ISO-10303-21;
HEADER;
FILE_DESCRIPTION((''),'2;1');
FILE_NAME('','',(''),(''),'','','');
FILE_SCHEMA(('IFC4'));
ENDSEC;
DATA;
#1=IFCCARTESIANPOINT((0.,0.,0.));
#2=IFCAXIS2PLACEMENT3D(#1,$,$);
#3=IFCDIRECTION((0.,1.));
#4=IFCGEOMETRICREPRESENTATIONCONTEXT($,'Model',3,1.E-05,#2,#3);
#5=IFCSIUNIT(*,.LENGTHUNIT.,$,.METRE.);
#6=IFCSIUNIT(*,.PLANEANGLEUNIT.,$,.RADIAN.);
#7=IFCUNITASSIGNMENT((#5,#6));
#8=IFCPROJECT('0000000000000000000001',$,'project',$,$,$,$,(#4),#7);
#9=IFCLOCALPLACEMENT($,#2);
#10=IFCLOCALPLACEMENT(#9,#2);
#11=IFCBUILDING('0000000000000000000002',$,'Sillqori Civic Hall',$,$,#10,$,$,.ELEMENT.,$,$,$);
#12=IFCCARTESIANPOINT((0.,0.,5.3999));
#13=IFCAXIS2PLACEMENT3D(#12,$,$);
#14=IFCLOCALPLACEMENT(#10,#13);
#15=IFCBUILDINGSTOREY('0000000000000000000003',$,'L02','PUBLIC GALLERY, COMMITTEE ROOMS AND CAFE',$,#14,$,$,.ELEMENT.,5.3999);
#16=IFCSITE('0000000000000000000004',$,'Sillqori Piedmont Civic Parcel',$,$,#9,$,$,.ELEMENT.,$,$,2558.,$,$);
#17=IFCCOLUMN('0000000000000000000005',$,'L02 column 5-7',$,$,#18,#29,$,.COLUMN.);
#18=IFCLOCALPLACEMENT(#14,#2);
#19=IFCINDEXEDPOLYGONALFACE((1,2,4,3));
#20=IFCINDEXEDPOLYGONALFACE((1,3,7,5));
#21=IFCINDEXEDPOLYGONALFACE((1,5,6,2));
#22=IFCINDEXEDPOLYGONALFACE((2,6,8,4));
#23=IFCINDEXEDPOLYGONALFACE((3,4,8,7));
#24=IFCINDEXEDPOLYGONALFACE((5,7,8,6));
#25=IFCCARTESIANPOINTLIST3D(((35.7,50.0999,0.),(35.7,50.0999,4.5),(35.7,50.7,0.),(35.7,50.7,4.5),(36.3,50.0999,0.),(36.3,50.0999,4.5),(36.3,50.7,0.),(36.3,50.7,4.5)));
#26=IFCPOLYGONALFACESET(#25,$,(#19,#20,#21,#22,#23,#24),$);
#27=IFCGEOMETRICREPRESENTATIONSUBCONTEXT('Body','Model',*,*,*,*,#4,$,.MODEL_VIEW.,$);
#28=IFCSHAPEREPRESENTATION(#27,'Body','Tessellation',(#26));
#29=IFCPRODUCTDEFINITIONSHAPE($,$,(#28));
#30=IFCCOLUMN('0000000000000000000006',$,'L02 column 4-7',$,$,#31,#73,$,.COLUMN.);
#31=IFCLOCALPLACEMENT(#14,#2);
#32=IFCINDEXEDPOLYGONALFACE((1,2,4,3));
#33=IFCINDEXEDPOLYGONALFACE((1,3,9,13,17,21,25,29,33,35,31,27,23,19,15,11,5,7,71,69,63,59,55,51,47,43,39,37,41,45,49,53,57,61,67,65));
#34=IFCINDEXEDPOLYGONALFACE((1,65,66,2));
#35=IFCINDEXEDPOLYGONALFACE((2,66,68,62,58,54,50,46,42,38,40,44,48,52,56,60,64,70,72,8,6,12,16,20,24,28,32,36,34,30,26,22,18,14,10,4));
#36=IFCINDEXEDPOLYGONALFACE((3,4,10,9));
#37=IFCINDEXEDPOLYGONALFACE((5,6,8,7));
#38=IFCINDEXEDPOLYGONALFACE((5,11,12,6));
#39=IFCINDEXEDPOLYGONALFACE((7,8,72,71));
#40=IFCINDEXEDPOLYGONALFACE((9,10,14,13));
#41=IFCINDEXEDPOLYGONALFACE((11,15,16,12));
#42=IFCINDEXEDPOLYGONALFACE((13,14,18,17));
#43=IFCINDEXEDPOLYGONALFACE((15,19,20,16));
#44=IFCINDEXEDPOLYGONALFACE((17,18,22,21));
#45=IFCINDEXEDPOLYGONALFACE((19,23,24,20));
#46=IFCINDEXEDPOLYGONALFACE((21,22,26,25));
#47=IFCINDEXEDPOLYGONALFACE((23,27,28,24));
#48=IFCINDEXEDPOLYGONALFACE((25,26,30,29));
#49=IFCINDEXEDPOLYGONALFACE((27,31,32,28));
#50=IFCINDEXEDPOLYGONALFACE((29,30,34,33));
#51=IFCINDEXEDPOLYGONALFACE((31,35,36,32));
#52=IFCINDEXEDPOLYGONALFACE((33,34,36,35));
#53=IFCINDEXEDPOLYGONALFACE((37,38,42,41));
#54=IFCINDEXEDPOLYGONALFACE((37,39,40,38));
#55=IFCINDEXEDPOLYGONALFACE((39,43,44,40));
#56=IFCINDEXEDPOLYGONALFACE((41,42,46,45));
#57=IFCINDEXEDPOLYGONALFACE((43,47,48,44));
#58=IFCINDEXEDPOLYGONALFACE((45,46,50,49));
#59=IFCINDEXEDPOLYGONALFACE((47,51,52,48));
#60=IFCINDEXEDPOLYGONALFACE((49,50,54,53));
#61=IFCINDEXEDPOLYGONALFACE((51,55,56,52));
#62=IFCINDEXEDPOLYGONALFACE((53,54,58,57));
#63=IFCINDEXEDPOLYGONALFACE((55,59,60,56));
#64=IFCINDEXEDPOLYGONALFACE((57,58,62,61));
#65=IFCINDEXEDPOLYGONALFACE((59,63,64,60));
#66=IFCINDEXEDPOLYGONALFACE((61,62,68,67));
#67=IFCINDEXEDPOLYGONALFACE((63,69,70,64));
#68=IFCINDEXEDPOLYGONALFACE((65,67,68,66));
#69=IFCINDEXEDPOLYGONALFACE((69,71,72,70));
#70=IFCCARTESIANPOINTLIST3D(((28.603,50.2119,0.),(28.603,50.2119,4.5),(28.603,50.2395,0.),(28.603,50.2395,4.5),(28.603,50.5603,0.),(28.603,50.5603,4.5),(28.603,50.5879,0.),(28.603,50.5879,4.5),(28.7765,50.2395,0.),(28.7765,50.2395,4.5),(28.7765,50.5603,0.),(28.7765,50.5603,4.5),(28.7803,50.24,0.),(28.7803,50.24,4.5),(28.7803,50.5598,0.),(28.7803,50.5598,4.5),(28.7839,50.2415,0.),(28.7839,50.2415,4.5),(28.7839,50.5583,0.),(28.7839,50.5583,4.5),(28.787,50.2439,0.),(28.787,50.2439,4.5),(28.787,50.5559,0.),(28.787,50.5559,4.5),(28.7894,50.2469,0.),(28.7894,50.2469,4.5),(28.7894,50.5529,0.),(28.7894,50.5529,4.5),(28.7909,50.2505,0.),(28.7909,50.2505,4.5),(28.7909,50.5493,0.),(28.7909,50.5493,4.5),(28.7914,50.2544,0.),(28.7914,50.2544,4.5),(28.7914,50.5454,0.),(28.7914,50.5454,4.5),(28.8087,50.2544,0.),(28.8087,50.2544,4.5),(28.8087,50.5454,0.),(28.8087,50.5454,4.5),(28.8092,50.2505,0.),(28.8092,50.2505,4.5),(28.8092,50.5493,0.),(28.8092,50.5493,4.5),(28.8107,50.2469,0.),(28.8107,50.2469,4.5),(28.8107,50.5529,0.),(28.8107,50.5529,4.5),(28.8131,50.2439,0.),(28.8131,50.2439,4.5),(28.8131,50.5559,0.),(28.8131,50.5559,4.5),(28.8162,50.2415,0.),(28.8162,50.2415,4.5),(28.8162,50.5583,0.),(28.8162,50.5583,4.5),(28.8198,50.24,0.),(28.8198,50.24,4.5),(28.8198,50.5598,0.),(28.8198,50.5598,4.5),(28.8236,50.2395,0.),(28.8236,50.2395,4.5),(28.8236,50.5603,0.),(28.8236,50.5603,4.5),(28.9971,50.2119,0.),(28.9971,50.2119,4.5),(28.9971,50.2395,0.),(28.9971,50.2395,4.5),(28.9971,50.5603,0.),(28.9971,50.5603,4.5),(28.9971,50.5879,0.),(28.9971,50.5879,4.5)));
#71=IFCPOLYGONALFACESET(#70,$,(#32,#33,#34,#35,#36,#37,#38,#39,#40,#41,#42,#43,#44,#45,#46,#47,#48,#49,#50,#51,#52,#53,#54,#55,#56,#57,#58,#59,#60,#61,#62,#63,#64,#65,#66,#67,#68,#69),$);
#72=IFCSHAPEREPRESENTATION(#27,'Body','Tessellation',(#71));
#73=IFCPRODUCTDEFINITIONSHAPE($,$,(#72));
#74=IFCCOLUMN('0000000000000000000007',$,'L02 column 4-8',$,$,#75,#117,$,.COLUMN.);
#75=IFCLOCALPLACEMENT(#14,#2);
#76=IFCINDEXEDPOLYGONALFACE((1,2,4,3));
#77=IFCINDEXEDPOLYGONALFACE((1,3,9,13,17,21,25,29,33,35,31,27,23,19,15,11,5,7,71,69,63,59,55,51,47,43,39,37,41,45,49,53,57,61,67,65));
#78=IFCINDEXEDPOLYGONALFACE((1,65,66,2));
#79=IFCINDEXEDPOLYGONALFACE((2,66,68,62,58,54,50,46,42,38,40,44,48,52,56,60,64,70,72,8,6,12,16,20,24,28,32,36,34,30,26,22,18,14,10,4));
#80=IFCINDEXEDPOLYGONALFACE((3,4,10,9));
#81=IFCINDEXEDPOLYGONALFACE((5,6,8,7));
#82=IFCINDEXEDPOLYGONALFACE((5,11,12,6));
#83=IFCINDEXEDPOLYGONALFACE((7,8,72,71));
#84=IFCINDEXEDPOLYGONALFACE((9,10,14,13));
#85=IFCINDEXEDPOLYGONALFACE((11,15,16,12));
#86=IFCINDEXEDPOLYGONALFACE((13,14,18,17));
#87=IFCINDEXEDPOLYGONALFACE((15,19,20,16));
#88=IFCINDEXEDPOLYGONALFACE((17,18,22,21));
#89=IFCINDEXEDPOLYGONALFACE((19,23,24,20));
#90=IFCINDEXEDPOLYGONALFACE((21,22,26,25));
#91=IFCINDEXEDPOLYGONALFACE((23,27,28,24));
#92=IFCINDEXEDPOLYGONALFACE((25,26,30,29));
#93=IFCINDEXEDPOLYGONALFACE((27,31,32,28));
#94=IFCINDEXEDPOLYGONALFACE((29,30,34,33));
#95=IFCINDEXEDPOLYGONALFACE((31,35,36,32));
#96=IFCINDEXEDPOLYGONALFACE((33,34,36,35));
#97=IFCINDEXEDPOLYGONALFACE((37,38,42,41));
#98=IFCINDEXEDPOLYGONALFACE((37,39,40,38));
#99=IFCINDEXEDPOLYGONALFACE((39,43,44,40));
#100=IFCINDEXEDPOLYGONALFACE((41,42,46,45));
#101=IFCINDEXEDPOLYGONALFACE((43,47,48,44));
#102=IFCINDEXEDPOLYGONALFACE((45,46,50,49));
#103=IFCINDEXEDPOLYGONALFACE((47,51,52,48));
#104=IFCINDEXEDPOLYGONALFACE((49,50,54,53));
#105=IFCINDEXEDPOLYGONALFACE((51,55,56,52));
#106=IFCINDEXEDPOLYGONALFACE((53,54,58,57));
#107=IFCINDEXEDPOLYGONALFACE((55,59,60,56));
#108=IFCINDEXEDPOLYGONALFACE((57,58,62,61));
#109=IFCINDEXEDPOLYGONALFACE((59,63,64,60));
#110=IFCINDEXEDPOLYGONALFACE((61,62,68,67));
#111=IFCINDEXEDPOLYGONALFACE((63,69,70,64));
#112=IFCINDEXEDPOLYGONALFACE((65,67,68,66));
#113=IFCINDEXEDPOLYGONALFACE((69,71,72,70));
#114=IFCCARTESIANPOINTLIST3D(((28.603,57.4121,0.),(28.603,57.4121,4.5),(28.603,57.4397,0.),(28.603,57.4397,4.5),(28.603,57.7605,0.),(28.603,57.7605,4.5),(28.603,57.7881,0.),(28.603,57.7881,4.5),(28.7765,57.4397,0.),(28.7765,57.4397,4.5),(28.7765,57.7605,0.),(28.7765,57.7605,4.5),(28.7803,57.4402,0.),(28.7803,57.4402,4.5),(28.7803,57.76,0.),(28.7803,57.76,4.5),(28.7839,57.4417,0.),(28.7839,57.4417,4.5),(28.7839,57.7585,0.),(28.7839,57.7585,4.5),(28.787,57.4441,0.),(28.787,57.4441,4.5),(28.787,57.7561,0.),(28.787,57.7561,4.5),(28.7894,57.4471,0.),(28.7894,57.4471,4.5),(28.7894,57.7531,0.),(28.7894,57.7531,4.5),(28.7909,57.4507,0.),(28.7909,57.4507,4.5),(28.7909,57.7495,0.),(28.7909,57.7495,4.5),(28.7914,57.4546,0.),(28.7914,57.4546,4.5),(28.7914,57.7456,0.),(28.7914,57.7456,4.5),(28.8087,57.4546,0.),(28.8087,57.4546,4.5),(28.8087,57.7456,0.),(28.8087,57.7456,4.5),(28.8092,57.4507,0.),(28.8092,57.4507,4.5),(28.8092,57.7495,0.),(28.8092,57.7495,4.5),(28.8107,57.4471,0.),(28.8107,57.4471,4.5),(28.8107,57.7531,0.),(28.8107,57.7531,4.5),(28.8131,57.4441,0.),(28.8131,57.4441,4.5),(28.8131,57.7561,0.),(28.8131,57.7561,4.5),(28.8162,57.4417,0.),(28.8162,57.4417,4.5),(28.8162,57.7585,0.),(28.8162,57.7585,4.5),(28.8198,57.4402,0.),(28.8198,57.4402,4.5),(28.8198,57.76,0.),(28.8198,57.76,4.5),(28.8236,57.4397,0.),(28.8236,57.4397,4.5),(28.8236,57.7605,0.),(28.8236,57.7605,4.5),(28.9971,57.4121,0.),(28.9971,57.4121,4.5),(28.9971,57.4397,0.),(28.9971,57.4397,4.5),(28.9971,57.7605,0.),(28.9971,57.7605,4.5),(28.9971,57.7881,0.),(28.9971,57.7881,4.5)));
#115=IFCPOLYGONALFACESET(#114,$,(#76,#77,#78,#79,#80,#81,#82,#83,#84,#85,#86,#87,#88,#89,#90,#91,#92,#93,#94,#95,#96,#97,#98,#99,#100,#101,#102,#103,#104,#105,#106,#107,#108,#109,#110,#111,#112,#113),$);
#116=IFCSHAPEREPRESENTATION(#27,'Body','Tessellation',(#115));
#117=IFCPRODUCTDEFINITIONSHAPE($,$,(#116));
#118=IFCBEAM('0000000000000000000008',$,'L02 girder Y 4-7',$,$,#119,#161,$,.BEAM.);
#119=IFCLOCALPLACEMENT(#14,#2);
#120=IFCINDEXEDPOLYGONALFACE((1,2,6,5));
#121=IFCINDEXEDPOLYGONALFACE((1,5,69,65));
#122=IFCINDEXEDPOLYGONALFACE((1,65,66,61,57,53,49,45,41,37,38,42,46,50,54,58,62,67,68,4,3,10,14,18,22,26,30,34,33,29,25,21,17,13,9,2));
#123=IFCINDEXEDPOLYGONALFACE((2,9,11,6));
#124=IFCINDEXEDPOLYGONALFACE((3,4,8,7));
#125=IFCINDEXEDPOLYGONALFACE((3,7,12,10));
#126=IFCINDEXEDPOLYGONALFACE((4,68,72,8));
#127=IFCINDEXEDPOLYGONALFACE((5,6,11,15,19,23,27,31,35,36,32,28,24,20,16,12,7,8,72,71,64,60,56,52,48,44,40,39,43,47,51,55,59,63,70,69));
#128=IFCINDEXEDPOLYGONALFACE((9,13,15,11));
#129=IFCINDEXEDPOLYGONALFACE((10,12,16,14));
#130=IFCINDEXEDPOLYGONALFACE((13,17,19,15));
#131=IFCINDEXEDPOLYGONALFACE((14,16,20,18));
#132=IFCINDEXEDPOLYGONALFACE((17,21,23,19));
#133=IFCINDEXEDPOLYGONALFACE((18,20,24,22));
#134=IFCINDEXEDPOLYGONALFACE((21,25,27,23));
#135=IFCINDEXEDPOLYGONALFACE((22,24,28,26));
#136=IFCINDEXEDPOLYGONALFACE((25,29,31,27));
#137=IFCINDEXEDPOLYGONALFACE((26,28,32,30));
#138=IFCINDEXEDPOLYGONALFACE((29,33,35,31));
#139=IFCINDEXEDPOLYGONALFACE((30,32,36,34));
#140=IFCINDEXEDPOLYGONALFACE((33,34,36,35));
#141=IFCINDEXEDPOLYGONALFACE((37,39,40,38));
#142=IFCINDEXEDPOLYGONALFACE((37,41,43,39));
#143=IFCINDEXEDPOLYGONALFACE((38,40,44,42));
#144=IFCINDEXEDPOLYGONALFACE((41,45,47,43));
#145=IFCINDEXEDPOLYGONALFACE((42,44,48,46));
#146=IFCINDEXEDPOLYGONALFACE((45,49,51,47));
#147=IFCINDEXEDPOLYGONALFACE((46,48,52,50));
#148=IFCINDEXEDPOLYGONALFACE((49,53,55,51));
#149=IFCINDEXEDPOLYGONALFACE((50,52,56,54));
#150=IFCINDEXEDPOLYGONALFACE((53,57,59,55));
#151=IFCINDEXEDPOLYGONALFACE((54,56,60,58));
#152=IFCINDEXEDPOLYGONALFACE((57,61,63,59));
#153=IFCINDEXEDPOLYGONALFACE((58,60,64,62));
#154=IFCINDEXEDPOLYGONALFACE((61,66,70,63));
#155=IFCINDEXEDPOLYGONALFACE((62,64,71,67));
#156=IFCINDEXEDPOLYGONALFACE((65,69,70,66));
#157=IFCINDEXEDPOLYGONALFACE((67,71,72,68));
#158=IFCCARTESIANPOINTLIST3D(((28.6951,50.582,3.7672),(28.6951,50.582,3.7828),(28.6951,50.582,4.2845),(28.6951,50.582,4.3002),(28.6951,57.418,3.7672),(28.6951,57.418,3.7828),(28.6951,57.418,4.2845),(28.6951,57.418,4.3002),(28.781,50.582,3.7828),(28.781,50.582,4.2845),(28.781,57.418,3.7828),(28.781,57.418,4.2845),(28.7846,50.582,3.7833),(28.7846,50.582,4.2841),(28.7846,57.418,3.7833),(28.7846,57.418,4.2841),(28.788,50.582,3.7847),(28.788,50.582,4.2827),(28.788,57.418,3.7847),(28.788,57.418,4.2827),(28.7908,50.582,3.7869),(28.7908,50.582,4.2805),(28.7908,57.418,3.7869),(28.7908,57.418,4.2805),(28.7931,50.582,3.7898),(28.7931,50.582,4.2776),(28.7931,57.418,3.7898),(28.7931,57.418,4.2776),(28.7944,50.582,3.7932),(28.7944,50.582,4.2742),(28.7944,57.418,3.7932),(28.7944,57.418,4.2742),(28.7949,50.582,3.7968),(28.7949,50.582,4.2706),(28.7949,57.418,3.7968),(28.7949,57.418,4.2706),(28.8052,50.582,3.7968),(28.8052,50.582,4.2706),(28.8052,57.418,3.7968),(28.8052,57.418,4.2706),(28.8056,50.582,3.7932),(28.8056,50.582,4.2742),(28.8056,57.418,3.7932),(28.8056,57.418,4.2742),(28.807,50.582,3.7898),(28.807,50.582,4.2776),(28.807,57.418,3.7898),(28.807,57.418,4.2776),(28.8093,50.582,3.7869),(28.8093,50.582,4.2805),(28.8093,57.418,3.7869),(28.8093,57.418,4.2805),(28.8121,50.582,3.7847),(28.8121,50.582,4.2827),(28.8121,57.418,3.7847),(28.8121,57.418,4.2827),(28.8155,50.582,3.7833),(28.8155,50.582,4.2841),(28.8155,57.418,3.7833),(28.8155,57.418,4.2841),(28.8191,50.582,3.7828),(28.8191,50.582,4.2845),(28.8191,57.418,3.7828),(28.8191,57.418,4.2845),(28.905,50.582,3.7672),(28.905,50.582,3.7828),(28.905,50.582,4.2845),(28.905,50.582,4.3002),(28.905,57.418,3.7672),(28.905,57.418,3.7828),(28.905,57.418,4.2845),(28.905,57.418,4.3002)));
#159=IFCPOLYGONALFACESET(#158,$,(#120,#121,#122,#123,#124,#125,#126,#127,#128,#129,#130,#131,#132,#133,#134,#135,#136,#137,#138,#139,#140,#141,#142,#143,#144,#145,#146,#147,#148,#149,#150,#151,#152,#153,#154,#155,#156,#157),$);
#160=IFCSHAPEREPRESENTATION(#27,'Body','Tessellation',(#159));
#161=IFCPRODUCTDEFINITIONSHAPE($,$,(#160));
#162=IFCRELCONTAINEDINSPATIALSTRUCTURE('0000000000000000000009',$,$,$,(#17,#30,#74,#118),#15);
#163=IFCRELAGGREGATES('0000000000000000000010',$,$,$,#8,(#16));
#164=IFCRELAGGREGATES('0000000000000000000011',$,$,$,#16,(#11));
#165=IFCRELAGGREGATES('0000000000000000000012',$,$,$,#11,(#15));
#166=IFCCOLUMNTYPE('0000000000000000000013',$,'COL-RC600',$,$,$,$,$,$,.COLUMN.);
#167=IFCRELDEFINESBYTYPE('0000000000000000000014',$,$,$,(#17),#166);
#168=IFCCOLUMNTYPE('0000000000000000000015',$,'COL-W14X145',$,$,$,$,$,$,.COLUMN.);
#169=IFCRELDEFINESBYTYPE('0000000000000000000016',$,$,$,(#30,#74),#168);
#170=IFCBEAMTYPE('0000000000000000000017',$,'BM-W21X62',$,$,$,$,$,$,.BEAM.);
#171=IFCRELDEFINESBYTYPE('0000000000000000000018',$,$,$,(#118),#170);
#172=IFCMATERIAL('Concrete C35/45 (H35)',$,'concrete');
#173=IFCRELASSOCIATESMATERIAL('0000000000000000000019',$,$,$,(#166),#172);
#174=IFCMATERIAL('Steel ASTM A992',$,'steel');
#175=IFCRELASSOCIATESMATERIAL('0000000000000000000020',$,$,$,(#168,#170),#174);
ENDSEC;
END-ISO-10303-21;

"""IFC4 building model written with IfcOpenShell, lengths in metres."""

from ifc_helpers import new_model, si_unit, direction, frame, origin, origin_2d, place, context, subcontext, project, spatial, rectangle, i_section, extrude, material, material_profile, profile_set, type_object, element, save


model = new_model("IFC4")

# Units and contexts
model_context = context("Model", 3, precision=1e-05, world=origin(), true_north=direction((0.0, 1.0)))
body_context = subcontext(model_context, "Body", "Model", "MODEL_VIEW")
ifc_project = project(units=[si_unit("LENGTHUNIT", "METRE"), si_unit("PLANEANGLEUNIT", "RADIAN")], contexts=[model_context])

# Site, building, storey
site_placement = place(None, origin())
site = spatial("IfcSite", under=ifc_project, at=site_placement, Name="Sillqori Piedmont Civic Parcel", CompositionType="ELEMENT", RefElevation=2558.0)
building_placement = place(site_placement, origin())
building = spatial("IfcBuilding", under=site, at=building_placement, Name="Sillqori Civic Hall", CompositionType="ELEMENT")
storey_placement = place(building_placement, frame((0.0, 0.0, 5.3999)))
storey = spatial("IfcBuildingStorey", under=building, at=storey_placement, Name="L02", Description="PUBLIC GALLERY, COMMITTEE ROOMS AND CAFE", CompositionType="ELEMENT", Elevation=5.3999)

# Columns
ifc_material_1 = material(Name="Concrete C35/45 (H35)", Category="concrete")
ifc_material_profile_1 = material_profile(ifc_material_1, rectangle(XDim=0.6001, YDim=0.6001, at=origin_2d()), Name="RC 600x600")
ifc_profile_set_1 = profile_set([ifc_material_profile_1], Name="Concrete C35/45 (H35)")
column_type_1 = type_object("IfcColumnType", Name="COL-RC600", PredefinedType="COLUMN", material=ifc_profile_set_1)
column_placement = place(storey_placement, frame((36.0, 50.3999, 0.0), z_axis=(0.0, 0.0, 1.0), x_axis=(1.0, 0.0, 0.0)))
element("IfcColumn", 1, at=column_placement, inside=storey, type_object=column_type_1, Name="L02 column 5-7", PredefinedType="COLUMN", context=body_context, shape_type="SweptSolid", body=[
    extrude(rectangle(XDim=0.6001, YDim=0.6001, at=origin_2d()), origin(), (0.0, 0.0, 1.0), 4.5),
])
ifc_material_2 = material(Name="Steel ASTM A992", Category="steel")
ifc_material_profile_2 = material_profile(ifc_material_2, i_section(OverallWidth=0.394, OverallDepth=0.376, WebThickness=0.0173, FlangeThickness=0.0276, FilletRadius=0.0149, at=origin_2d()), Name="W14X145")
ifc_profile_set_2 = profile_set([ifc_material_profile_2], Name="Steel ASTM A992")
column_type_2 = type_object("IfcColumnType", Name="COL-W14X145", PredefinedType="COLUMN", material=ifc_profile_set_2)
for number, where, z_axis, x_axis, name in (
    (2, (28.8, 50.3999, 0.0), (0.0, 0.0, 1.0), (1.0, 0.0, 0.0), "L02 column 4-7"),
    (3, (28.8, 57.6001, 0.0), (0.0, 0.0, 1.0), (1.0, 0.0, 0.0), "L02 column 4-8"),
):
    element("IfcColumn", number, at=place(storey_placement, frame(where, z_axis=z_axis, x_axis=x_axis)), inside=storey, type_object=column_type_2, Name=name, PredefinedType="COLUMN", context=body_context, shape_type="SweptSolid", body=[
        extrude(i_section(OverallWidth=0.394, OverallDepth=0.376, WebThickness=0.0173, FlangeThickness=0.0276, FilletRadius=0.0149, at=origin_2d()), origin(), (0.0, 0.0, 1.0), 4.5),
    ])

# Beam
ifc_material_profile_3 = material_profile(ifc_material_2, i_section(OverallWidth=0.21, OverallDepth=0.533, WebThickness=0.0103, FlangeThickness=0.0156, FilletRadius=0.0139, at=origin_2d()), Name="W21X62")
ifc_profile_set_3 = profile_set([ifc_material_profile_3], Name="Steel ASTM A992")
beam_type_1 = type_object("IfcBeamType", Name="BM-W21X62", PredefinedType="BEAM", material=ifc_profile_set_3)
for number, where, z_axis, x_axis, name in (
    (4, (28.8, 50.582, 4.0337), (0.0, 1.0, 0.0), (-1.0, 0.0, 0.0), "L02 girder Y 4-7"),
):
    element("IfcBeam", number, at=place(storey_placement, frame(where, z_axis=z_axis, x_axis=x_axis)), inside=storey, type_object=beam_type_1, Name=name, PredefinedType="BEAM", context=body_context, shape_type="SweptSolid", body=[
        extrude(i_section(OverallWidth=0.21, OverallDepth=0.533, WebThickness=0.0103, FlangeThickness=0.0156, FilletRadius=0.0139, at=origin_2d()), origin(), (0.0, 0.0, 1.0), 6.8359),
    ])

save(model, "model.ifc")
